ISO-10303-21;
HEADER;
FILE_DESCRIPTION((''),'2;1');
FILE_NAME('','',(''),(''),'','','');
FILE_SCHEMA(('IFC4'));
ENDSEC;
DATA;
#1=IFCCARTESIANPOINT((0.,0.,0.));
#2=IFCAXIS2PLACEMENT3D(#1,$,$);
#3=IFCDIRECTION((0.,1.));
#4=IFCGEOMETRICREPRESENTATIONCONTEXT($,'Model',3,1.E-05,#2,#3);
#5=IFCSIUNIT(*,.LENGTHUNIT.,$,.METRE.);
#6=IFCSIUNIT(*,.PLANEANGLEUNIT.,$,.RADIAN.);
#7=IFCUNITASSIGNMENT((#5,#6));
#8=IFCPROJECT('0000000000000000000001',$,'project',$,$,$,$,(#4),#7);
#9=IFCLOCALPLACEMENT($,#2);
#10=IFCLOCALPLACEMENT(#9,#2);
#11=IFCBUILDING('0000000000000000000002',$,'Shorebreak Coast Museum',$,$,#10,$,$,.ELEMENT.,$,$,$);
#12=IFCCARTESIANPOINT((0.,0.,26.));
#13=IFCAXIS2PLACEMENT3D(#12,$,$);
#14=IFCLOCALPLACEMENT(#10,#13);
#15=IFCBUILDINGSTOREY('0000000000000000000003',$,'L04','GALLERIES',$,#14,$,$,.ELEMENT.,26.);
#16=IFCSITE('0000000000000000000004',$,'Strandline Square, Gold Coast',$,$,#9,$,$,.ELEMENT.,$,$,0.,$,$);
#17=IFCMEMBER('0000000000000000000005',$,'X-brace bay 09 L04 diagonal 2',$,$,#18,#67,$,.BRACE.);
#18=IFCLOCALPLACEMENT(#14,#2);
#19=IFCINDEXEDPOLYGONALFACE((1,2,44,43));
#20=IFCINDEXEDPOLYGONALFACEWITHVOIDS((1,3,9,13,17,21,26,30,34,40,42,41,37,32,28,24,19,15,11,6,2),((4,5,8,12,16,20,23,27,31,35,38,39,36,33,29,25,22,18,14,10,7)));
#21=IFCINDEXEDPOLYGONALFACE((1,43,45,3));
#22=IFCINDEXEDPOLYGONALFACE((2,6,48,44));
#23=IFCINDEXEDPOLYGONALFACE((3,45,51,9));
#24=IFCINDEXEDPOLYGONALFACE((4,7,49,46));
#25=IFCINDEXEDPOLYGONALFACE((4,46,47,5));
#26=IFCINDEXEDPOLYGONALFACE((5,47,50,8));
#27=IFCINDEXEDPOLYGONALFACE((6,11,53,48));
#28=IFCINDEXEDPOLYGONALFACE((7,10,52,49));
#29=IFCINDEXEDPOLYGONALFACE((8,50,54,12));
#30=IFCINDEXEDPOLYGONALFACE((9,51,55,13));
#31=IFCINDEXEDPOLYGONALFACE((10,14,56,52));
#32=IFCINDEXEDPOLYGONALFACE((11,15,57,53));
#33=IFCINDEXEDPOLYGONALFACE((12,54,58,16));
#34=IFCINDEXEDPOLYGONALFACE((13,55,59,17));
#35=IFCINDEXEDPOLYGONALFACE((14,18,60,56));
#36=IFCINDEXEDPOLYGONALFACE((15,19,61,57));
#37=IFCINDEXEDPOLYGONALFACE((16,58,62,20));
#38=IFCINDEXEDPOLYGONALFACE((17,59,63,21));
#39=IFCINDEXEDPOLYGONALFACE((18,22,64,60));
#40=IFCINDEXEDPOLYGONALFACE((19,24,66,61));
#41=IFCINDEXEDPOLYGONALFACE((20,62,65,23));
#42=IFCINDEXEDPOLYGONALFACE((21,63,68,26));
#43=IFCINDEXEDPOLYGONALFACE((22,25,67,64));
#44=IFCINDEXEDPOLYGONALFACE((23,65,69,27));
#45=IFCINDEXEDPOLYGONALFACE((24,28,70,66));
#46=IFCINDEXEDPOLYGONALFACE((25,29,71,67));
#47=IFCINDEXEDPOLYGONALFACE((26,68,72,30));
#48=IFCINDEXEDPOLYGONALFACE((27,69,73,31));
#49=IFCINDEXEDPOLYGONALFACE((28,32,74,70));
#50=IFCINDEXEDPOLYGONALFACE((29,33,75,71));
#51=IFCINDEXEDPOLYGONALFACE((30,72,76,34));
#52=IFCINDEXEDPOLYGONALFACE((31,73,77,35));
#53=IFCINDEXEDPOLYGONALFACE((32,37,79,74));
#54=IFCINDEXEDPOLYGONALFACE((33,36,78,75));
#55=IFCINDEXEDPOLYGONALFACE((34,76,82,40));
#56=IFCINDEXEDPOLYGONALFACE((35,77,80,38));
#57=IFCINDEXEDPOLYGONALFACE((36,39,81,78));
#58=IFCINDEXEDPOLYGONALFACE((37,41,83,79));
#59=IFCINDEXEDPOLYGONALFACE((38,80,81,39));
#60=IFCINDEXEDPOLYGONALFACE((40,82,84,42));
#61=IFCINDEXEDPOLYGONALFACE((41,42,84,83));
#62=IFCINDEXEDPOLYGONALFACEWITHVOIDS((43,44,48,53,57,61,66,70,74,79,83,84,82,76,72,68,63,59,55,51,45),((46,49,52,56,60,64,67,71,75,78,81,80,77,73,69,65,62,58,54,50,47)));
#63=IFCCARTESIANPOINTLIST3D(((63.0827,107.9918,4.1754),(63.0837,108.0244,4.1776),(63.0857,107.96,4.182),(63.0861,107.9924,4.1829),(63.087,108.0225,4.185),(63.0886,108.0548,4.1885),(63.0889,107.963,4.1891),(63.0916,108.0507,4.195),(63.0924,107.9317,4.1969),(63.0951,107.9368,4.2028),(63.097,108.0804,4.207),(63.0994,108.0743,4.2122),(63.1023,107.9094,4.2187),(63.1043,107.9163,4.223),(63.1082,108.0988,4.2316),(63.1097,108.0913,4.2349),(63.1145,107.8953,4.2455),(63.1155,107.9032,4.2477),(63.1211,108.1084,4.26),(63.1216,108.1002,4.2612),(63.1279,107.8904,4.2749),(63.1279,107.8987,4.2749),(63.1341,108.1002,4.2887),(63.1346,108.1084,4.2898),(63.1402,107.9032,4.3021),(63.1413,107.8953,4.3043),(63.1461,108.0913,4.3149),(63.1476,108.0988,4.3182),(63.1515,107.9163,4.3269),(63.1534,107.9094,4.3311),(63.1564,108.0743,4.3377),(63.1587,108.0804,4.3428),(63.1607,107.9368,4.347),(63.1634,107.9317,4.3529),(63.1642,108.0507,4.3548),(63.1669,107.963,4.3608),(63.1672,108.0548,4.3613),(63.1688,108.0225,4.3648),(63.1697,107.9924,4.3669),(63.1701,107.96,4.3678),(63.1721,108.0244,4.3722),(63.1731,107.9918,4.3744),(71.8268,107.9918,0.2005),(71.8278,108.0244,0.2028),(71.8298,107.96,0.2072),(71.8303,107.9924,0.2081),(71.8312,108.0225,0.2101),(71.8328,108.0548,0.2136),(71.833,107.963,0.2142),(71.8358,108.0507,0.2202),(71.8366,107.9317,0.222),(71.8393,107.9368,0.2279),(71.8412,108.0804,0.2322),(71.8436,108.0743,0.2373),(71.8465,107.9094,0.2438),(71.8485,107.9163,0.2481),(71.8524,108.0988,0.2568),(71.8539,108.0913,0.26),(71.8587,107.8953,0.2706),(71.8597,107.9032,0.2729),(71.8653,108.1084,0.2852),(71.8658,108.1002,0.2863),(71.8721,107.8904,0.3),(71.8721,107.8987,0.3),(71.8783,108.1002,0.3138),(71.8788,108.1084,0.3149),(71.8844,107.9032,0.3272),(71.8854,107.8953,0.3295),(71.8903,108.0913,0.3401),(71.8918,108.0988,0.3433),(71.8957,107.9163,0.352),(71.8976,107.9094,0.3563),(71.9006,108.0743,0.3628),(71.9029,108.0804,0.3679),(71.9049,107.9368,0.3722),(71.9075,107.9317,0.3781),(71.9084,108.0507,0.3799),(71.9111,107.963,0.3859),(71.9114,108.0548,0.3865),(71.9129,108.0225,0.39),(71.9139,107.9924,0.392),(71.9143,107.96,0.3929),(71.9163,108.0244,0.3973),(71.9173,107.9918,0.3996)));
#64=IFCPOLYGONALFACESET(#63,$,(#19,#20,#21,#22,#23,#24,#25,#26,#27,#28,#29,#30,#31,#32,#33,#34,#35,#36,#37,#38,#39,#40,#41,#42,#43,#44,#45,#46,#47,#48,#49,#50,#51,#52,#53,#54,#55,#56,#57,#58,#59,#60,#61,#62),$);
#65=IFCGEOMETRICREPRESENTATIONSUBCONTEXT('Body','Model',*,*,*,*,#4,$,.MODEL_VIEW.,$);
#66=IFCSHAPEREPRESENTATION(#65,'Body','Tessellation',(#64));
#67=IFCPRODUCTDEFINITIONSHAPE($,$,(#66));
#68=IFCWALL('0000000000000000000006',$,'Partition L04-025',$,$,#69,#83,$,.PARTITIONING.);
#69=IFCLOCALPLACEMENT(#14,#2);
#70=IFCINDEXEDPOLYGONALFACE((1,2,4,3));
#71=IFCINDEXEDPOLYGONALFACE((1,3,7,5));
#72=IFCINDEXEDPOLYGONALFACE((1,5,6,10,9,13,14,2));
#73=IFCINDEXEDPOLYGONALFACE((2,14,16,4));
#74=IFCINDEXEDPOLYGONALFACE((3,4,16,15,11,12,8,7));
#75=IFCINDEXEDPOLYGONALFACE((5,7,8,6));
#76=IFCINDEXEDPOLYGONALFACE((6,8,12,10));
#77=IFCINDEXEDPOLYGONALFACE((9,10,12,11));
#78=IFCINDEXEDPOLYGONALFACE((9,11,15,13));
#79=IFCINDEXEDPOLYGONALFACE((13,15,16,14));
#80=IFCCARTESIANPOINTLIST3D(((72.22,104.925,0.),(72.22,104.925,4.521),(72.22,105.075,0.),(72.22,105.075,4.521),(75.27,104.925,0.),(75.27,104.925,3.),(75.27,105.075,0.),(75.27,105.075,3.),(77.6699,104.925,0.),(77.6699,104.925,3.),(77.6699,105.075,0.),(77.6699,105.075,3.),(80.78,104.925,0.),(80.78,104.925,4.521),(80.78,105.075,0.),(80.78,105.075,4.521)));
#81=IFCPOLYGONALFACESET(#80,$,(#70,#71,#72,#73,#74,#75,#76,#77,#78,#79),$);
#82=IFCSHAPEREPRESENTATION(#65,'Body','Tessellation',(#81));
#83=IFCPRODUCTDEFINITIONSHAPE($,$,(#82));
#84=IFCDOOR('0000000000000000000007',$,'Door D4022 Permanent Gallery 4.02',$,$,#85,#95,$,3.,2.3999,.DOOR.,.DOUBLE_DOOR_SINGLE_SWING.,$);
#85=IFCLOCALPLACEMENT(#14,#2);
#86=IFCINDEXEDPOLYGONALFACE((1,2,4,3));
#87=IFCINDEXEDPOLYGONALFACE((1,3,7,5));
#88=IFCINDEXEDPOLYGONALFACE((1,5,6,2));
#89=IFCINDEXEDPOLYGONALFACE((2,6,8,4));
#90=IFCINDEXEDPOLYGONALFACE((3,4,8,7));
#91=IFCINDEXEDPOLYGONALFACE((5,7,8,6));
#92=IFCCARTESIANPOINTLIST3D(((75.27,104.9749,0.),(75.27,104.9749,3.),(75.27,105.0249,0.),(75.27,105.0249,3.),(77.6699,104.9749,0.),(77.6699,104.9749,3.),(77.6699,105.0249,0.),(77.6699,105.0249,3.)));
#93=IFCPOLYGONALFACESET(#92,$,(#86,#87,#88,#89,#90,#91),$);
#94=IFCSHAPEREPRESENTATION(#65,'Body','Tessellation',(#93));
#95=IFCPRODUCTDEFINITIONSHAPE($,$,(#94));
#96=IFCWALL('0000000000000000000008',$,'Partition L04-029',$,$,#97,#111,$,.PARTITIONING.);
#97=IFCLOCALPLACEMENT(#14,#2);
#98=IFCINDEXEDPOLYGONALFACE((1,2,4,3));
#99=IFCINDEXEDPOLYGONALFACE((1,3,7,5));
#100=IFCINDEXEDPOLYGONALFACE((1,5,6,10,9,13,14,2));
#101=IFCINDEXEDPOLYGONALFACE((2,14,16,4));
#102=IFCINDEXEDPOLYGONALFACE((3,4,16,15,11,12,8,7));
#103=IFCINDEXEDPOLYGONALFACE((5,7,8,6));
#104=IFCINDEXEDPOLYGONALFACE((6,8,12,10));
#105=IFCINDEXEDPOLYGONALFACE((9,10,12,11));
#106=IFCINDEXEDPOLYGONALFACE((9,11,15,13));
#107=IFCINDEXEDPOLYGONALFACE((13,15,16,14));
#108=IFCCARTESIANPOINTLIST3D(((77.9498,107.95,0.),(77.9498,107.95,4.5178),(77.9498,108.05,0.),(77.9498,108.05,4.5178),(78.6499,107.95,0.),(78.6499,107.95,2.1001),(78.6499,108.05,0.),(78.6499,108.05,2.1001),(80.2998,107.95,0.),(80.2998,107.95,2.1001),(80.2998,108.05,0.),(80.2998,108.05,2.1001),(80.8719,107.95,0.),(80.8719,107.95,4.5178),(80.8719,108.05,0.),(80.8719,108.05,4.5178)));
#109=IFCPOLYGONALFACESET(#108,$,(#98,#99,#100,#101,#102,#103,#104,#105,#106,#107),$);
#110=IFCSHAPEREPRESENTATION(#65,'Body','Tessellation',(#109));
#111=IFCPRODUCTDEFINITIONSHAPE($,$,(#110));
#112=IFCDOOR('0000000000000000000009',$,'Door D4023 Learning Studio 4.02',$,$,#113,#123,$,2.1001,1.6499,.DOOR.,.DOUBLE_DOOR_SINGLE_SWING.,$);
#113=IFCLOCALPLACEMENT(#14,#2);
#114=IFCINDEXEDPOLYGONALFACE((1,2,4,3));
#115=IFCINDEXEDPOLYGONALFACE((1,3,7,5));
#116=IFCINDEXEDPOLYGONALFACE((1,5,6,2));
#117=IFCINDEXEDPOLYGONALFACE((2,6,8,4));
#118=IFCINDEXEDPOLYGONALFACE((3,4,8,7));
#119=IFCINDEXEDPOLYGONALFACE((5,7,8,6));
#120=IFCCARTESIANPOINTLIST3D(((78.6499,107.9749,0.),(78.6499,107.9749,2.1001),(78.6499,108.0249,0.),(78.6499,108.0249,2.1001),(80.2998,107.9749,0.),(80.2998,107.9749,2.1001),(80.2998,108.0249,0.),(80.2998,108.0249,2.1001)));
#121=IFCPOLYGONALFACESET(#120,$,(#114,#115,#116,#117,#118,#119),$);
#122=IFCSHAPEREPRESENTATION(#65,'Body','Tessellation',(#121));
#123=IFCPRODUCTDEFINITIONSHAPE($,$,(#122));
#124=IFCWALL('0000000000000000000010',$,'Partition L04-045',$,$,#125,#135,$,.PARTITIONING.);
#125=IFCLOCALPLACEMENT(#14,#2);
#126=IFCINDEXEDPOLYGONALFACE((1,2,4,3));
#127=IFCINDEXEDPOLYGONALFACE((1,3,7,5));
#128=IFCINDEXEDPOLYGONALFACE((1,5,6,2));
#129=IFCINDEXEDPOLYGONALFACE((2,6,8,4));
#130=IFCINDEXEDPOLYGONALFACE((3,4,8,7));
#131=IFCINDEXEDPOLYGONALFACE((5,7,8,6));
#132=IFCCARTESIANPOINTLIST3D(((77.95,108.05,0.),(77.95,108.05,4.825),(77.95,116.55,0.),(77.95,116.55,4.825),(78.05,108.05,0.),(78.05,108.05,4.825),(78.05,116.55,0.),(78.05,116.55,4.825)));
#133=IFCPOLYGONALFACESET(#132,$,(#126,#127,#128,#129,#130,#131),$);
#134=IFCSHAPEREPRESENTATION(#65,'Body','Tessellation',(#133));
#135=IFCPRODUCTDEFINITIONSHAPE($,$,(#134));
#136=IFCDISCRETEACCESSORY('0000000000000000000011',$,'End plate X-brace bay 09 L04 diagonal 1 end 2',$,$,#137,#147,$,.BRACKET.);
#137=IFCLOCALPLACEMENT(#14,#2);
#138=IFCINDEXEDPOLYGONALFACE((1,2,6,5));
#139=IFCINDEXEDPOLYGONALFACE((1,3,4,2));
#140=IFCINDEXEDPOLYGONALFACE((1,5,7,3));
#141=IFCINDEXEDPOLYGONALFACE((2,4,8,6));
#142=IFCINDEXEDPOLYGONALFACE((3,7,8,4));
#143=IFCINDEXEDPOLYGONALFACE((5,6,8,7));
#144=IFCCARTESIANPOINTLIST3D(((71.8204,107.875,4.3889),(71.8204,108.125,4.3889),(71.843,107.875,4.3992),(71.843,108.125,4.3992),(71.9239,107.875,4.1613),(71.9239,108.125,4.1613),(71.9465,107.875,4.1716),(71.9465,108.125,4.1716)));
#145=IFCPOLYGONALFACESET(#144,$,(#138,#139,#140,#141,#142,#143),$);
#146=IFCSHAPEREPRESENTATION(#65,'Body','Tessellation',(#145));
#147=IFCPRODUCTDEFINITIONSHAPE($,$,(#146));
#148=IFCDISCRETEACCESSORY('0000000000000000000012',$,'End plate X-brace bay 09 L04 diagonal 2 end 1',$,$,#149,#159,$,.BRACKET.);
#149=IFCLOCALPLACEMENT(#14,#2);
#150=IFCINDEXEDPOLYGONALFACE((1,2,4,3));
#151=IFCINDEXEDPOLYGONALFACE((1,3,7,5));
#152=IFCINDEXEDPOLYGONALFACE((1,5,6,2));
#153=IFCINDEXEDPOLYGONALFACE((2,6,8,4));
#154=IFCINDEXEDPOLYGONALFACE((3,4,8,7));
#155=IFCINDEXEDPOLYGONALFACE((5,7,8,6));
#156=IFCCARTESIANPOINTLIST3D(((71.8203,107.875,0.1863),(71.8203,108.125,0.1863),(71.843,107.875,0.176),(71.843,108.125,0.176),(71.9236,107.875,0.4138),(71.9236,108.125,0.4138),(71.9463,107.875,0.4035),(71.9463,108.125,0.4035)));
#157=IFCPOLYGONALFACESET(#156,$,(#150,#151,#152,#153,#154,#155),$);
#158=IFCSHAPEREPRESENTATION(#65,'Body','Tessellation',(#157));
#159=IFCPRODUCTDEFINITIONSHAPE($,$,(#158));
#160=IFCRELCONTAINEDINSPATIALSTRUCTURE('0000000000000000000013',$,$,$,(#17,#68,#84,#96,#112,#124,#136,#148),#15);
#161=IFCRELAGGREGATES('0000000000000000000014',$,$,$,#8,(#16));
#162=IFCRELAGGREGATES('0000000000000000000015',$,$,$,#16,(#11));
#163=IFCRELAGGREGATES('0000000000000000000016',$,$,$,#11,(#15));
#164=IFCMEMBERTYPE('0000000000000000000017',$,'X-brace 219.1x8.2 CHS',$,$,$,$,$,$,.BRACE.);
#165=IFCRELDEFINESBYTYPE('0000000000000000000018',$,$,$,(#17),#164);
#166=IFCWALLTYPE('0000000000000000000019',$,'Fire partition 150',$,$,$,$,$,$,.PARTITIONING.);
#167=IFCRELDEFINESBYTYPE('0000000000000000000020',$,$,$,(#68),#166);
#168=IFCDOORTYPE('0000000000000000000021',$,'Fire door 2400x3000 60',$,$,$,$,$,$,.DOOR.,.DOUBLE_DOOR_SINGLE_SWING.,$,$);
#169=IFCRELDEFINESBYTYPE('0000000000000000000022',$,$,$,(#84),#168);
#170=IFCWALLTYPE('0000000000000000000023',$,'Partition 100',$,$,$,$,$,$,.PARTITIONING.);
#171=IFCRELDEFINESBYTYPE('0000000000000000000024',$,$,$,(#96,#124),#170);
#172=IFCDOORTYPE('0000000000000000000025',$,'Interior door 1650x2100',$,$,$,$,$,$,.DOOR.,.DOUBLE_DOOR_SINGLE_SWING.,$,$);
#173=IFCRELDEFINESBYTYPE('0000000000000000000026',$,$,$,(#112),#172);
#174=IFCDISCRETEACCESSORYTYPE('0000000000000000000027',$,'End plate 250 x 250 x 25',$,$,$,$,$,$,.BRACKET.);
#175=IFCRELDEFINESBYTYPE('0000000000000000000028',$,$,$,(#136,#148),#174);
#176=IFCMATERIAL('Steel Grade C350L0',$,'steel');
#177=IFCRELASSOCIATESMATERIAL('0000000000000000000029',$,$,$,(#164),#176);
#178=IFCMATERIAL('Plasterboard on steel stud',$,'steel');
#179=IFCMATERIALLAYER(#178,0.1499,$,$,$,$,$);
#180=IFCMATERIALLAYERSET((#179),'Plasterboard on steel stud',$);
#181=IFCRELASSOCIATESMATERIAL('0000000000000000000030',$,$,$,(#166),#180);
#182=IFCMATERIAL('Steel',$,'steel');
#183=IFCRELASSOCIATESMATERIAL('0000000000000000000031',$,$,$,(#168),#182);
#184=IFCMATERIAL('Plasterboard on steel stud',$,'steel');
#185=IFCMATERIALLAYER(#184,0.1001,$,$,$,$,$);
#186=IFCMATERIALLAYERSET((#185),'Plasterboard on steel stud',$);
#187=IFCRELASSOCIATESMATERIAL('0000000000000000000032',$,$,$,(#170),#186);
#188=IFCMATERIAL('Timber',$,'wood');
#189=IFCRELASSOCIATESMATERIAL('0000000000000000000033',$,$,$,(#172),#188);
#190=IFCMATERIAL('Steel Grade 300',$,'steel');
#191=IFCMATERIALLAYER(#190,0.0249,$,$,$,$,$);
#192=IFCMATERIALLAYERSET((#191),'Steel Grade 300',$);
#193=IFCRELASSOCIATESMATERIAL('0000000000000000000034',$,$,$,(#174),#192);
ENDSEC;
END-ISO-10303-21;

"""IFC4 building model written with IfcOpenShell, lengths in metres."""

from ifc_helpers import new_model, si_unit, direction, frame, frame_2d, origin, origin_2d, place, context, subcontext, project, spatial, polyline, rectangle, hollow_circle, outline, extrude, material, layer, layer_set, material_profile, profile_set, type_object, element, fill, save


model = new_model("IFC4")

# Units and contexts
model_context = context("Model", 3, precision=1e-05, world=origin(), true_north=direction((0.0, 1.0)))
body_context = subcontext(model_context, "Body", "Model", "MODEL_VIEW")
ifc_project = project(units=[si_unit("LENGTHUNIT", "METRE"), si_unit("PLANEANGLEUNIT", "RADIAN")], contexts=[model_context])

# Site, building, storey
site_placement = place(None, origin())
site = spatial("IfcSite", under=ifc_project, at=site_placement, Name="Strandline Square, Gold Coast", CompositionType="ELEMENT", RefElevation=0.0)
building_placement = place(site_placement, origin())
building = spatial("IfcBuilding", under=site, at=building_placement, Name="Shorebreak Coast Museum", CompositionType="ELEMENT")
storey_placement = place(building_placement, frame((0.0, 0.0, 26.0)))
storey = spatial("IfcBuildingStorey", under=building, at=storey_placement, Name="L04", Description="GALLERIES", CompositionType="ELEMENT", Elevation=26.0)

# Member
ifc_material_1 = material(Name="Steel Grade C350L0", Category="steel")
ifc_material_profile_1 = material_profile(ifc_material_1, hollow_circle(Radius=0.1096, WallThickness=0.0083, at=origin_2d()), Name="219.1x8.2 CHS")
ifc_profile_set_1 = profile_set([ifc_material_profile_1], Name="Steel Grade C350L0")
member_type = type_object("IfcMemberType", Name="X-brace 219.1x8.2 CHS", PredefinedType="BRACE", material=ifc_profile_set_1)
member_placement = place(storey_placement, frame((71.8721, 108.0, 0.3), z_axis=(-0.910357, 0.0, 0.413824), x_axis=(0.0, -1.0, 0.0)))
element("IfcMember", 1, at=member_placement, inside=storey, type_object=member_type, Name="X-brace bay 09 L04 diagonal 2", PredefinedType="BRACE", context=body_context, shape_type="SweptSolid", body=[
    extrude(hollow_circle(Radius=0.1096, WallThickness=0.0083, at=origin_2d()), origin(), (0.0, 0.0, 1.0), 9.6052),
])

# Walls, openings, doors
ifc_material_2 = material(Name="Plasterboard on steel stud", Category="steel")
ifc_layer_1 = layer(ifc_material_2, 0.1499)
ifc_layer_set_1 = layer_set([ifc_layer_1], Name="Plasterboard on steel stud")
wall_type_1 = type_object("IfcWallType", Name="Fire partition 150", PredefinedType="PARTITIONING", material=ifc_layer_set_1)
wall_1_placement = place(storey_placement, frame((72.22, 105.0, 0.0), z_axis=(0.0, 0.0, 1.0), x_axis=(1.0, 0.0, 0.0)))
wall_1 = element("IfcWall", 2, at=wall_1_placement, inside=storey, type_object=wall_type_1, Name="Partition L04-025", PredefinedType="PARTITIONING", context=body_context, shape_type="SweptSolid", body=[
    extrude(rectangle(XDim=8.5601, YDim=0.1499, at=frame_2d((4.28, 0.0))), origin(), (0.0, 0.0, 1.0), 4.521),
])
opening_1_placement = place(wall_1_placement, frame((3.05, 0.0, 0.0)))
opening_1 = element("IfcOpeningElement", 3, at=opening_1_placement, cuts=wall_1, PredefinedType="OPENING", context=body_context, shape_type="SweptSolid", body=[
    extrude(rectangle(XDim=2.3999, YDim=3.0, at=frame_2d((1.2, 1.5))), frame((0.0, 0.085, 0.0), z_axis=(0.0, -1.0, 0.0), x_axis=(1.0, 0.0, 0.0)), (0.0, 0.0, 1.0), 0.1699),
])
ifc_material_3 = material(Name="Steel", Category="steel")
door_type_1 = type_object("IfcDoorType", Name="Fire door 2400x3000 60", OperationType="DOUBLE_DOOR_SINGLE_SWING", PredefinedType="DOOR", material=ifc_material_3)
door_1_placement = place(opening_1_placement, origin())
door_1 = element("IfcDoor", 4, at=door_1_placement, inside=storey, type_object=door_type_1, Name="Door D4022 Permanent Gallery 4.02", OperationType="DOUBLE_DOOR_SINGLE_SWING", OverallHeight=3.0, OverallWidth=2.3999, PredefinedType="DOOR", context=body_context, shape_type="SweptSolid", body=[
    extrude(rectangle(XDim=2.3999, YDim=3.0, at=frame_2d((1.2, 1.5))), frame((0.0, 0.0249, 0.0), z_axis=(0.0, -1.0, 0.0), x_axis=(1.0, 0.0, 0.0)), (0.0, 0.0, 1.0), 0.05),
])
fill(opening_1, door_1)
ifc_material_4 = material(Name="Plasterboard on steel stud", Category="steel")
ifc_layer_2 = layer(ifc_material_4, 0.1001)
ifc_layer_set_2 = layer_set([ifc_layer_2], Name="Plasterboard on steel stud")
wall_type_2 = type_object("IfcWallType", Name="Partition 100", PredefinedType="PARTITIONING", material=ifc_layer_set_2)
wall_2_placement = place(storey_placement, frame((77.95, 108.0, 0.0), z_axis=(0.0, 0.0, 1.0), x_axis=(1.0, 0.0, 0.0)))
wall_2 = element("IfcWall", 5, at=wall_2_placement, inside=storey, type_object=wall_type_2, Name="Partition L04-029", PredefinedType="PARTITIONING", context=body_context, shape_type="SweptSolid", body=[
    extrude(rectangle(XDim=2.9221, YDim=0.1001, at=frame_2d((1.4609, 0.0))), origin(), (0.0, 0.0, 1.0), 4.5178),
])
opening_2_placement = place(wall_2_placement, frame((0.7, 0.0, 0.0)))
opening_2 = element("IfcOpeningElement", 6, at=opening_2_placement, cuts=wall_2, PredefinedType="OPENING", context=body_context, shape_type="SweptSolid", body=[
    extrude(rectangle(XDim=1.6499, YDim=2.1001, at=frame_2d((0.825, 1.05))), frame((0.0, 0.0601, 0.0), z_axis=(0.0, -1.0, 0.0), x_axis=(1.0, 0.0, 0.0)), (0.0, 0.0, 1.0), 0.1201),
])
ifc_material_5 = material(Name="Timber", Category="wood")
door_type_2 = type_object("IfcDoorType", Name="Interior door 1650x2100", OperationType="DOUBLE_DOOR_SINGLE_SWING", PredefinedType="DOOR", material=ifc_material_5)
door_2_placement = place(opening_2_placement, origin())
door_2 = element("IfcDoor", 7, at=door_2_placement, inside=storey, type_object=door_type_2, Name="Door D4023 Learning Studio 4.02", OperationType="DOUBLE_DOOR_SINGLE_SWING", OverallHeight=2.1001, OverallWidth=1.6499, PredefinedType="DOOR", context=body_context, shape_type="SweptSolid", body=[
    extrude(rectangle(XDim=1.6499, YDim=2.1001, at=frame_2d((0.825, 1.05))), frame((0.0, 0.0249, 0.0), z_axis=(0.0, -1.0, 0.0), x_axis=(1.0, 0.0, 0.0)), (0.0, 0.0, 1.0), 0.05),
])
fill(opening_2, door_2)

# Wall
wall_3_placement = place(storey_placement, frame((78.0, 108.05, 0.0), z_axis=(0.0, 0.0, 1.0), x_axis=(0.0, 1.0, 0.0)))
element("IfcWall", 8, at=wall_3_placement, inside=storey, type_object=wall_type_2, Name="Partition L04-045", PredefinedType="PARTITIONING", context=body_context, shape_type="SweptSolid", body=[
    extrude(rectangle(XDim=8.5, YDim=0.1001, at=frame_2d((4.25, 0.0))), origin(), (0.0, 0.0, 1.0), 4.825),
])

# Discrete accessories
ifc_material_6 = material(Name="Steel Grade 300", Category="steel")
ifc_layer_3 = layer(ifc_material_6, 0.0249)
ifc_layer_set_3 = layer_set([ifc_layer_3], Name="Steel Grade 300")
discrete_accessory_type = type_object("IfcDiscreteAccessoryType", Name="End plate 250 x 250 x 25", PredefinedType="BRACKET", material=ifc_layer_set_3)
discrete_accessory_1_placement = place(storey_placement, frame((71.9465, 107.875, 4.1716), z_axis=(0.910233, 0.0, 0.414097), x_axis=(0.0, 1.0, 0.0)))
element("IfcDiscreteAccessory", 9, at=discrete_accessory_1_placement, inside=storey, type_object=discrete_accessory_type, Name="End plate X-brace bay 09 L04 diagonal 1 end 2", PredefinedType="BRACKET", context=body_context, shape_type="SweptSolid", body=[
    extrude(outline(polyline([(0.0, 0.0), (0.25, 0.0), (0.25, 0.25), (0.0, 0.25), (0.0, 0.0)])), origin(), (0.0, 0.0, -1.0), 0.0249),
])
discrete_accessory_2_placement = place(storey_placement, frame((71.8203, 108.125, 0.1863), z_axis=(-0.910601, 0.0, 0.413288), x_axis=(0.0, -1.0, 0.0)))
element("IfcDiscreteAccessory", 10, at=discrete_accessory_2_placement, inside=storey, type_object=discrete_accessory_type, Name="End plate X-brace bay 09 L04 diagonal 2 end 1", PredefinedType="BRACKET", context=body_context, shape_type="SweptSolid", body=[
    extrude(outline(polyline([(0.0, 0.0), (0.25, 0.0), (0.25, 0.2499), (0.0, 0.2499), (0.0, 0.0)])), origin(), (0.0, 0.0, -1.0), 0.0249),
])

save(model, "model.ifc")
